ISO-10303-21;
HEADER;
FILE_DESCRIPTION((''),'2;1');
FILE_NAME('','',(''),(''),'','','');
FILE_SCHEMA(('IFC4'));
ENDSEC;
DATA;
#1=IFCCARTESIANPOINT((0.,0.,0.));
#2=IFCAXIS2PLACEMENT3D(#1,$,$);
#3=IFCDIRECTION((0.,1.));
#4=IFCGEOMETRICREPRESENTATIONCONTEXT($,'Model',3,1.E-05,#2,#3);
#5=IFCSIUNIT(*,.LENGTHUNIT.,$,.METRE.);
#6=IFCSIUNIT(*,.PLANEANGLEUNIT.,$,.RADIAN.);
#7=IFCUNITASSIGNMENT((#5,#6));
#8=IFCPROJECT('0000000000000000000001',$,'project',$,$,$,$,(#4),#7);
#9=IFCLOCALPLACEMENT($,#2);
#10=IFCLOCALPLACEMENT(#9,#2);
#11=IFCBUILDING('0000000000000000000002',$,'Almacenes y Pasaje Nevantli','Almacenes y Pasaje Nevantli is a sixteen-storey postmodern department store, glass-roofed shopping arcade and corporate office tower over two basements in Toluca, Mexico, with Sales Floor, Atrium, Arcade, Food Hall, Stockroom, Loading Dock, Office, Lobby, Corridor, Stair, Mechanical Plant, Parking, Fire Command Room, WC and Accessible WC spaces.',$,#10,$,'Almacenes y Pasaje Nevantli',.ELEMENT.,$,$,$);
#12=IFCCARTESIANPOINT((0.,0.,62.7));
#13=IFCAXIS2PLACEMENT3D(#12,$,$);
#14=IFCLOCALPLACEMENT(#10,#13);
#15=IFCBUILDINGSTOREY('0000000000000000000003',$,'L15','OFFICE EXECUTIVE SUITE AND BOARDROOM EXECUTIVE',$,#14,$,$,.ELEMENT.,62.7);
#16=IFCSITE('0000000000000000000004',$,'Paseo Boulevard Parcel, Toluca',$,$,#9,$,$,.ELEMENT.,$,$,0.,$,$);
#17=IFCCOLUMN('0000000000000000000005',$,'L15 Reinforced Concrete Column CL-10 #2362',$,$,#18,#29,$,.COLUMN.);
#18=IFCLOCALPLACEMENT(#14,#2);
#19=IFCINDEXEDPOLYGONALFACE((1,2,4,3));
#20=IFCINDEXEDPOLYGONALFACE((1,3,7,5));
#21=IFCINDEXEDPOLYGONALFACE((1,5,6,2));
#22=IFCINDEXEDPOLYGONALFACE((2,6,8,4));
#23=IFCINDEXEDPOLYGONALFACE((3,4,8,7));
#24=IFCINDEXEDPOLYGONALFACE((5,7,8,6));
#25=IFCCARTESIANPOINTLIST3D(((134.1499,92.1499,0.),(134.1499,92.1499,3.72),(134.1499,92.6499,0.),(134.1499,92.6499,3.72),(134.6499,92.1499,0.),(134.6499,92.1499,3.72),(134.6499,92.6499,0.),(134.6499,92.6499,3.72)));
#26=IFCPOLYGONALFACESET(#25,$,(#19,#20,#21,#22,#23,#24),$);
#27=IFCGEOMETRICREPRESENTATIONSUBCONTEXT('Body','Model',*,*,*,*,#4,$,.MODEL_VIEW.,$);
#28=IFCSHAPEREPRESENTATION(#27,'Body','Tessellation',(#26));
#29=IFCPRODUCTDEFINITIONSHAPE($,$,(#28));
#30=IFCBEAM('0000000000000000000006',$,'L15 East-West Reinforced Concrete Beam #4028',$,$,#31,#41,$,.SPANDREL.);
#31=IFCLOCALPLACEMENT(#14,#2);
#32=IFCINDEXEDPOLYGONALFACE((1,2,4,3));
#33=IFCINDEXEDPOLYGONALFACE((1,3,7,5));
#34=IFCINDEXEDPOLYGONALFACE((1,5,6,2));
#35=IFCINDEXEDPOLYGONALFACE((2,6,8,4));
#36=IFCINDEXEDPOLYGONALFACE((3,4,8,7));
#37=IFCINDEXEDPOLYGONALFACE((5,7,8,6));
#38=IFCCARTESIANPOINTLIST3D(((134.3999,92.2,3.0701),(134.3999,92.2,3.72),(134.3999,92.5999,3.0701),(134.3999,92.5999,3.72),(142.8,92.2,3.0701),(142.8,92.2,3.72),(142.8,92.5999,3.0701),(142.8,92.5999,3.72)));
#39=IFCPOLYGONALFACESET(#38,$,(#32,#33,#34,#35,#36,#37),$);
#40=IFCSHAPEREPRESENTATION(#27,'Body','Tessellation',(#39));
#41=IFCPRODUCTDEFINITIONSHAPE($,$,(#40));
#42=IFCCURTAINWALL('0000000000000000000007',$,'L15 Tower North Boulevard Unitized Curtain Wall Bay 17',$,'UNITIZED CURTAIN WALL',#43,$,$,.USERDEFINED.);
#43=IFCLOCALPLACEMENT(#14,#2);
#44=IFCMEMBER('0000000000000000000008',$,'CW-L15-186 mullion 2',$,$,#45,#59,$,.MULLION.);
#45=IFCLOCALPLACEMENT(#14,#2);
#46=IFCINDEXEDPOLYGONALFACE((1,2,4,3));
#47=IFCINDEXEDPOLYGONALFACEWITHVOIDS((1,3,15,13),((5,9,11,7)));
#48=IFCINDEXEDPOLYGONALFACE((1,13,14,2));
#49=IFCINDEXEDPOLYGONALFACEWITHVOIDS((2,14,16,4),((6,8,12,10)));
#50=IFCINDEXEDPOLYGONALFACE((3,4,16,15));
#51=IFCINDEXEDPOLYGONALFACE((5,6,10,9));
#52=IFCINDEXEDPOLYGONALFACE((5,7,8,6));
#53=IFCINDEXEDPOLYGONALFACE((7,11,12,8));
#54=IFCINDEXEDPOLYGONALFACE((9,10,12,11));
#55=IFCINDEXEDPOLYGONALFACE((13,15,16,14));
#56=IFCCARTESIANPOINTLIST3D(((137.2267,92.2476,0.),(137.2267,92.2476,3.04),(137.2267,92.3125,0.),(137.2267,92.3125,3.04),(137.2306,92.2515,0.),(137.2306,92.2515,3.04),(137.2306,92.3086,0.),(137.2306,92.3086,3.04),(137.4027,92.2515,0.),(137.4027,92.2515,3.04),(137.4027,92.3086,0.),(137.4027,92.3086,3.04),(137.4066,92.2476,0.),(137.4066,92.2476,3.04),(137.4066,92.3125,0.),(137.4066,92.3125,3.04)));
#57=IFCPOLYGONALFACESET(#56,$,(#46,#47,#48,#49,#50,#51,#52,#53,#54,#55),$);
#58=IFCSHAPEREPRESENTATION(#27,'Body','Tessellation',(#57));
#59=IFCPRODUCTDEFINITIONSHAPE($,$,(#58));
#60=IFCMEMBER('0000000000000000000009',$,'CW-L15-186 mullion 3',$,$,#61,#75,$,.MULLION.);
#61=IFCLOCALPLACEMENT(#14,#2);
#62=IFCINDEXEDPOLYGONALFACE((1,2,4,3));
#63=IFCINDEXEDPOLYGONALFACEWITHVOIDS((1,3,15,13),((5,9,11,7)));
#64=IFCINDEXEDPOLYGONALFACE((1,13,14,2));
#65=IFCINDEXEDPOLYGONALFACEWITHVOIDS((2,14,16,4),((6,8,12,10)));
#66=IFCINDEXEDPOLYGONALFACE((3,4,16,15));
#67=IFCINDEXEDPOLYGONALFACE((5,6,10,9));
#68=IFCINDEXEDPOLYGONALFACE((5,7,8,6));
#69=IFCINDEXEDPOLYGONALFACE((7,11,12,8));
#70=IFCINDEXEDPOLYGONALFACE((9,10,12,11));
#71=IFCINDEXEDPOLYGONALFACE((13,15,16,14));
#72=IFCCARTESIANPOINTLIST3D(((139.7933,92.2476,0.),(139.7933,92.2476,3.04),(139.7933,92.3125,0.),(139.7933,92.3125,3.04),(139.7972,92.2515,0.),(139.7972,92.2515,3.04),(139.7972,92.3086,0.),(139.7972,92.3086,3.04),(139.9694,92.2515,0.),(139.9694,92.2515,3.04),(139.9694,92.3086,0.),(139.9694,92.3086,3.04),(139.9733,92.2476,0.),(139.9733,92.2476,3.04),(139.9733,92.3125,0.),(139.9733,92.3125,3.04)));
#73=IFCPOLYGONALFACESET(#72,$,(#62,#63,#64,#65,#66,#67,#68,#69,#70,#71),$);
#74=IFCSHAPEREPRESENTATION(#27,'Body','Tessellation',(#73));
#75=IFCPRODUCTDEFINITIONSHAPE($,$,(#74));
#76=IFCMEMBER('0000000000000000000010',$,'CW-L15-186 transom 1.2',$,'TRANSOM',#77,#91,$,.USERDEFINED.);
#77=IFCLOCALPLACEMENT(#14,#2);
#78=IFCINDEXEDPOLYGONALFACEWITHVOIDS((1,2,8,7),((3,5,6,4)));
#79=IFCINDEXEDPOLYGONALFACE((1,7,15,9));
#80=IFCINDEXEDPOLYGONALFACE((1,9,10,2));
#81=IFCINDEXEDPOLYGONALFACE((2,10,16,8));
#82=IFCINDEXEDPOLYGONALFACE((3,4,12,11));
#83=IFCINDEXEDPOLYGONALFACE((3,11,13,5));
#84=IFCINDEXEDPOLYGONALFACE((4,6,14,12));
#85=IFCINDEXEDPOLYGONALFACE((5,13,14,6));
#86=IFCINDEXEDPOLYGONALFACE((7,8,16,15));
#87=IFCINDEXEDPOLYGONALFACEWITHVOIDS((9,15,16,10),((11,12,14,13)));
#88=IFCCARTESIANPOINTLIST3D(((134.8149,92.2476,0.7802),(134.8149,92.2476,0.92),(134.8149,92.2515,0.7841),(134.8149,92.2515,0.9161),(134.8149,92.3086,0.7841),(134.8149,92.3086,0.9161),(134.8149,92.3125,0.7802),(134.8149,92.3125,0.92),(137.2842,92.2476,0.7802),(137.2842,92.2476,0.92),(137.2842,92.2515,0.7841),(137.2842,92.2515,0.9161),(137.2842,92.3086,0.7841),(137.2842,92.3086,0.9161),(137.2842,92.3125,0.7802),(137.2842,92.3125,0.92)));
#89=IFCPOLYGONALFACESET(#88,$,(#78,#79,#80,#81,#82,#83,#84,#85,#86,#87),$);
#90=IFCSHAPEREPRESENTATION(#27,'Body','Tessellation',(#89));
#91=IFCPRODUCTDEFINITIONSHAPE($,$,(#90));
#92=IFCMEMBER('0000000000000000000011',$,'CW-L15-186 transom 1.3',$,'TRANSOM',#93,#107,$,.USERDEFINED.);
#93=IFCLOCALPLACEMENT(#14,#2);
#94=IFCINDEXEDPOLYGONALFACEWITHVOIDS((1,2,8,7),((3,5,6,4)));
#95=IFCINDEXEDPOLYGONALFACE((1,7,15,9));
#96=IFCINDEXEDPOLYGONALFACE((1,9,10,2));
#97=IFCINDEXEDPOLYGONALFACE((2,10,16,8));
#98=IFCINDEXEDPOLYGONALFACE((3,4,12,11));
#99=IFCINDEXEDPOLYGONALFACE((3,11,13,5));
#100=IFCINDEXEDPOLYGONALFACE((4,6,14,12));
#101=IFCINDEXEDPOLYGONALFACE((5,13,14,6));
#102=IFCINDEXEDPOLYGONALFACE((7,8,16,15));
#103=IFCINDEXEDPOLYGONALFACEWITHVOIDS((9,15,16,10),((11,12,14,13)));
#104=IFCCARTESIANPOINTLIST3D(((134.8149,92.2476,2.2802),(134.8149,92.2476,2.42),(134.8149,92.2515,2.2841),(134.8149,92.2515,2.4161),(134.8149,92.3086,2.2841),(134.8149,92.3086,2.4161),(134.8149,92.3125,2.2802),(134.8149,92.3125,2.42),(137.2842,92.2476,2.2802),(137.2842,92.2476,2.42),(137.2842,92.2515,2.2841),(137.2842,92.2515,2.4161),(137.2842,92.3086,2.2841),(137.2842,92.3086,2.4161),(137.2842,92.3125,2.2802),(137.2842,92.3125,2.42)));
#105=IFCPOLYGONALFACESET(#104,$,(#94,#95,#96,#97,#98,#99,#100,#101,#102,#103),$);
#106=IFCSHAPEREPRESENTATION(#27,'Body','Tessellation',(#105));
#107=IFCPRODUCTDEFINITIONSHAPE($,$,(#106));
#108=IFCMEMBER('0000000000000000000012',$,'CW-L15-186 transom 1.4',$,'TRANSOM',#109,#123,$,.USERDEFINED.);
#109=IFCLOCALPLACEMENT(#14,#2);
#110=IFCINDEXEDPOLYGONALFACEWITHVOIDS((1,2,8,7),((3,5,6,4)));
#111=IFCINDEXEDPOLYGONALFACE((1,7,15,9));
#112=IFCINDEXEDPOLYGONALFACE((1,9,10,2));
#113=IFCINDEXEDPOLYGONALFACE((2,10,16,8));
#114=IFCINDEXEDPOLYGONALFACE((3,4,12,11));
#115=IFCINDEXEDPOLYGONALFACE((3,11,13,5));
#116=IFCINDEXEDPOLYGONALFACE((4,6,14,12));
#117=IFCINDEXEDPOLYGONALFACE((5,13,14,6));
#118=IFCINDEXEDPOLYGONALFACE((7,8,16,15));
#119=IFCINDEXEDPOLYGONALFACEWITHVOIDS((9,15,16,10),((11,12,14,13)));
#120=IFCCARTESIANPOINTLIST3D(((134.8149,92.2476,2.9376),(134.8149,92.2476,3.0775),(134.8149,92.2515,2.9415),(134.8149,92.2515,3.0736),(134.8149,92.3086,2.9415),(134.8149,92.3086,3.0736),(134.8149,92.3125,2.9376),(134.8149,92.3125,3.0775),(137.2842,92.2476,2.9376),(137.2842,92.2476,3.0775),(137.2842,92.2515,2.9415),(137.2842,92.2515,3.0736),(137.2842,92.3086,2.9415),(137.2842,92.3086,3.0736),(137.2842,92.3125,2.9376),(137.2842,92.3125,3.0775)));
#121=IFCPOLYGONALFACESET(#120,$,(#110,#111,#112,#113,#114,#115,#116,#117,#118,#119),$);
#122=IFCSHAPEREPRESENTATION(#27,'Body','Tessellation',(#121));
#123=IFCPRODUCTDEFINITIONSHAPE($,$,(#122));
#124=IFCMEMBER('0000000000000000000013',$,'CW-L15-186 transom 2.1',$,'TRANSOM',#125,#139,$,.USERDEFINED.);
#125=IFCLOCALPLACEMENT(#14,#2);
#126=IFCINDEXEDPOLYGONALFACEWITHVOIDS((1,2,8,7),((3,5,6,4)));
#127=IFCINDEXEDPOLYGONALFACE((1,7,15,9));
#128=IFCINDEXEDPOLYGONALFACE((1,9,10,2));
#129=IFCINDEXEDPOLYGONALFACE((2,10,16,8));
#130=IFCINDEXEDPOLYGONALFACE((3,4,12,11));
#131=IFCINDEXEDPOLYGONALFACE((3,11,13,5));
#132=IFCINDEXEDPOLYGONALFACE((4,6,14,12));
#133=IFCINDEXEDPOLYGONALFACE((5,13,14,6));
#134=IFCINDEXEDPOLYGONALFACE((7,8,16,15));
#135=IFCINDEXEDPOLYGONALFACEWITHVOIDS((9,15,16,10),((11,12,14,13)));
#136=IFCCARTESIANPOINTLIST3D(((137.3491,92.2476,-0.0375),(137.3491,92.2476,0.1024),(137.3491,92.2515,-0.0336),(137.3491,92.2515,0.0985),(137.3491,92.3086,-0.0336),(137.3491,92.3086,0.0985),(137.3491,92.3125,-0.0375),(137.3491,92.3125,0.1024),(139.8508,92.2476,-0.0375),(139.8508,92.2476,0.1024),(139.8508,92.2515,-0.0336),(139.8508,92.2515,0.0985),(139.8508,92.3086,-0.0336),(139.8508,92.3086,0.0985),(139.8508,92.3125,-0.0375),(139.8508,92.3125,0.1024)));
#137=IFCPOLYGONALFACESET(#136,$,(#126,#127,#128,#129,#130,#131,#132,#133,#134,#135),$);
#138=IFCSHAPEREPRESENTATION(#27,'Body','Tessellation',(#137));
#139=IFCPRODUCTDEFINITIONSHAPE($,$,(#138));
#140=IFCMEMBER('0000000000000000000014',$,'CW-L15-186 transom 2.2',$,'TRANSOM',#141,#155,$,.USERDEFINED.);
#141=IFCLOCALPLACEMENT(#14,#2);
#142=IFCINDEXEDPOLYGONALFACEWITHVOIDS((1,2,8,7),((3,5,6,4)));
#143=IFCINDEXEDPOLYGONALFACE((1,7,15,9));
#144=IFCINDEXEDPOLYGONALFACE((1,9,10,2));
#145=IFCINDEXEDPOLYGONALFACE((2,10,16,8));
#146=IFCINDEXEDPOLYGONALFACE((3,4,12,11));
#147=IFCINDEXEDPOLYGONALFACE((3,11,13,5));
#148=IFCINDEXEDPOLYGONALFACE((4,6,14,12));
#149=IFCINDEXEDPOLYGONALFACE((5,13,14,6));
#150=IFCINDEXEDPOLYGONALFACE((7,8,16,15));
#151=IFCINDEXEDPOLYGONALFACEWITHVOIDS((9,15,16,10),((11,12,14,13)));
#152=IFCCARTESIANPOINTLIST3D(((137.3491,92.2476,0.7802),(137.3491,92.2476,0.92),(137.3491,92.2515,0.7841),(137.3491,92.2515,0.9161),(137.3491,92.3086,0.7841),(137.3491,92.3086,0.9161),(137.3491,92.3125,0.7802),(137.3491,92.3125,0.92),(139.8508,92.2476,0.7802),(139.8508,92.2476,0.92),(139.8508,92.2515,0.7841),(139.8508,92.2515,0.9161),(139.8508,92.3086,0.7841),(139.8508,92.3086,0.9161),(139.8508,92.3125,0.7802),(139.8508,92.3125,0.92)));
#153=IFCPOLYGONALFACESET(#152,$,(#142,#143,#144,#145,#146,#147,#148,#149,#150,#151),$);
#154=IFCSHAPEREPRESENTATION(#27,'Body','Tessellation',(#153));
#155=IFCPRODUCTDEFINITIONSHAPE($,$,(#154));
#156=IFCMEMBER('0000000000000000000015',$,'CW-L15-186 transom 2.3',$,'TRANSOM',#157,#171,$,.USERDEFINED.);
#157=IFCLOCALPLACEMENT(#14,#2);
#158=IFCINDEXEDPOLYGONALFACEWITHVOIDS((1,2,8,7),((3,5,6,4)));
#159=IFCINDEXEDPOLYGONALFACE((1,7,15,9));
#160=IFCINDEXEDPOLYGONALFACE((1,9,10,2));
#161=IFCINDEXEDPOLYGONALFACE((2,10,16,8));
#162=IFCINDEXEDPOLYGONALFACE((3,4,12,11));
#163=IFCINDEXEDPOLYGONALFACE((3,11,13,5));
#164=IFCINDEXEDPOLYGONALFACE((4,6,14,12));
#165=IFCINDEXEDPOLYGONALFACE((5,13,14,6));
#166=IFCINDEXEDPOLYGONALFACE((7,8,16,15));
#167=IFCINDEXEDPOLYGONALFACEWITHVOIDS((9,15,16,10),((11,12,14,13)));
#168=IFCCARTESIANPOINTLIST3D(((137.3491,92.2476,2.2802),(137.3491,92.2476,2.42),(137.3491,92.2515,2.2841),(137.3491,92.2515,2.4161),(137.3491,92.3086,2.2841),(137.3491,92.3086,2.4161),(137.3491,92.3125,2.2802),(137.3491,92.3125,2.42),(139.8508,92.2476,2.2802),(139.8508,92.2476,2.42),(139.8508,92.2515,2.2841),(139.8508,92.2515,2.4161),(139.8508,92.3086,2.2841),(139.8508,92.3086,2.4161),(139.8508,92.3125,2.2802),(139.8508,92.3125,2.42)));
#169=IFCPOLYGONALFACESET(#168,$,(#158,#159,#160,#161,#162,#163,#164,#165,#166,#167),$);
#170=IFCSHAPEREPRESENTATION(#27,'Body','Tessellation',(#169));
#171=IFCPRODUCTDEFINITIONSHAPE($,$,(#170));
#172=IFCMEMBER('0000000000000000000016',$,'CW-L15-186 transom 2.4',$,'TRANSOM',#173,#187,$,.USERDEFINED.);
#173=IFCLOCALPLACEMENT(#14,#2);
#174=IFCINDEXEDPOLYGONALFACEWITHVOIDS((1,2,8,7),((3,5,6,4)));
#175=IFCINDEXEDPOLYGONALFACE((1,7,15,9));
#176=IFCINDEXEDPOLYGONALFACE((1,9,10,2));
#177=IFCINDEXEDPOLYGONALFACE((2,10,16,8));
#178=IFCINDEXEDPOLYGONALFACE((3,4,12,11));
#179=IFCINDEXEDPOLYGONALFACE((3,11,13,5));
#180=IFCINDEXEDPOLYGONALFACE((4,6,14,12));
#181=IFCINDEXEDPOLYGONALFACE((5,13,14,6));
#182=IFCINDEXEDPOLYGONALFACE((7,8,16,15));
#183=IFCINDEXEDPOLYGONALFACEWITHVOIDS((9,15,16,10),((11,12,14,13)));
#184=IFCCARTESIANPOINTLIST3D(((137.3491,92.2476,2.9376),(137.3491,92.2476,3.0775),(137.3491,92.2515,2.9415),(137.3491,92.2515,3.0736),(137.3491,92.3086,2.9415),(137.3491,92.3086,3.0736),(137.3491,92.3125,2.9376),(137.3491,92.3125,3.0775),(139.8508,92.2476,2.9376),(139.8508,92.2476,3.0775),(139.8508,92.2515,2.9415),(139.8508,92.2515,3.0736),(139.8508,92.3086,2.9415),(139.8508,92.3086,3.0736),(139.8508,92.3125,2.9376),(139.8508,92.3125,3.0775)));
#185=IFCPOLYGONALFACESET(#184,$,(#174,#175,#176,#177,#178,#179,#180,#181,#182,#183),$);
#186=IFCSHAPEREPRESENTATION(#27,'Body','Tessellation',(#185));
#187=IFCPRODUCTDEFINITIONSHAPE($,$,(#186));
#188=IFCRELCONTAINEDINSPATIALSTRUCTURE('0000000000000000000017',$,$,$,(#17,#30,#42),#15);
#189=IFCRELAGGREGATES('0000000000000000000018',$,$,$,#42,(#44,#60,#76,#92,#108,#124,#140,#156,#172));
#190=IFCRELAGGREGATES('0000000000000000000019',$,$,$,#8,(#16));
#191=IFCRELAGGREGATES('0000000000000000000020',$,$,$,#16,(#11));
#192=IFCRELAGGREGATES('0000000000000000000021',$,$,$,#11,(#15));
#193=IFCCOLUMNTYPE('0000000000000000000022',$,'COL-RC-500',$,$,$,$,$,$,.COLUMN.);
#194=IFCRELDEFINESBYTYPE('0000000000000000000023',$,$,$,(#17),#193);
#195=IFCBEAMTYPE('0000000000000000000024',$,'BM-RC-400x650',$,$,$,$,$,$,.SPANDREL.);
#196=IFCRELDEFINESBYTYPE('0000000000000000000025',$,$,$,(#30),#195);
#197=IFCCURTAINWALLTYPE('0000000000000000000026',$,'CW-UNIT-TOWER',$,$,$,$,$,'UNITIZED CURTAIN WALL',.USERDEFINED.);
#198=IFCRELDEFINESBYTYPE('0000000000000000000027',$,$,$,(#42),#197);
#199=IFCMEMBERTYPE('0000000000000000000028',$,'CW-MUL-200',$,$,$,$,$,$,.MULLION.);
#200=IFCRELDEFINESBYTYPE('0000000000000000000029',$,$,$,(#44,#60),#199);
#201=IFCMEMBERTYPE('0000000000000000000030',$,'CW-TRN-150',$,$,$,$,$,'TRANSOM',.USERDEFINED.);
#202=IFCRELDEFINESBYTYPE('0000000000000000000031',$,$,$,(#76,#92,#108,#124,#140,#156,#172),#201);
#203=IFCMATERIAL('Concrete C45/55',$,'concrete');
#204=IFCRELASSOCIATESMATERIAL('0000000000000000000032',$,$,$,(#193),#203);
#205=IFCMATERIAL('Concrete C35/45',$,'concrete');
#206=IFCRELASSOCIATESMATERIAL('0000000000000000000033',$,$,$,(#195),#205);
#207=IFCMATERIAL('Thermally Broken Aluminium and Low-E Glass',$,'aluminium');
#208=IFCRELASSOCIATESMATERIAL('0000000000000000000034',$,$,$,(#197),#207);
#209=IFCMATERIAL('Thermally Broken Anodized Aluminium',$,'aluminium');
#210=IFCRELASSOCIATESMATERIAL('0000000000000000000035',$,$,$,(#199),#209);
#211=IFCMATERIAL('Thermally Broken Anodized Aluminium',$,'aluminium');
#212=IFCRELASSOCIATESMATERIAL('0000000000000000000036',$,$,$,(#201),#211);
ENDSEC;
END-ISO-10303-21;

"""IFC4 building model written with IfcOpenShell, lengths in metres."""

from ifc_helpers import new_model, si_unit, direction, frame, origin, origin_2d, place, context, subcontext, project, spatial, rectangle, hollow_rectangle, extrude, material, material_profile, profile_set, type_object, element, aggregate, save


model = new_model("IFC4")

# Units and contexts
model_context = context("Model", 3, precision=1e-05, world=origin(), true_north=direction((0.0, 1.0)))
body_context = subcontext(model_context, "Body", "Model", "MODEL_VIEW")
ifc_project = project(units=[si_unit("LENGTHUNIT", "METRE"), si_unit("PLANEANGLEUNIT", "RADIAN")], contexts=[model_context])

# Site, building, storey
site_placement = place(None, origin())
site = spatial("IfcSite", under=ifc_project, at=site_placement, Name="Paseo Boulevard Parcel, Toluca", CompositionType="ELEMENT", RefElevation=0.0)
building_placement = place(site_placement, origin())
building = spatial("IfcBuilding", under=site, at=building_placement, Name="Almacenes y Pasaje Nevantli", Description="Almacenes y Pasaje Nevantli is a sixteen-storey postmodern department store, glass-roofed shopping arcade and corporate office tower over two basements in Toluca, Mexico, with Sales Floor, Atrium, Arcade, Food Hall, Stockroom, Loading Dock, Office, Lobby, Corridor, Stair, Mechanical Plant, Parking, Fire Command Room, WC and Accessible WC spaces.", LongName="Almacenes y Pasaje Nevantli", CompositionType="ELEMENT")
storey_placement = place(building_placement, frame((0.0, 0.0, 62.7)))
storey = spatial("IfcBuildingStorey", under=building, at=storey_placement, Name="L15", Description="OFFICE EXECUTIVE SUITE AND BOARDROOM EXECUTIVE", CompositionType="ELEMENT", Elevation=62.7)

# Column
ifc_material_1 = material(Name="Concrete C45/55", Category="concrete")
ifc_material_profile_1 = material_profile(ifc_material_1, rectangle(XDim=0.5, YDim=0.5, at=origin_2d()), Name="RC-COL-500x500")
ifc_profile_set_1 = profile_set([ifc_material_profile_1], Name="Concrete C45/55")
column_type = type_object("IfcColumnType", Name="COL-RC-500", PredefinedType="COLUMN", material=ifc_profile_set_1)
column_placement = place(storey_placement, frame((134.3999, 92.3999, 0.0), z_axis=(0.0, 0.0, 1.0), x_axis=(1.0, 0.0, 0.0)))
element("IfcColumn", 1, at=column_placement, inside=storey, type_object=column_type, Name="L15 Reinforced Concrete Column CL-10 #2362", PredefinedType="COLUMN", context=body_context, shape_type="SweptSolid", body=[
    extrude(rectangle(XDim=0.5, YDim=0.5, at=origin_2d()), origin(), (0.0, 0.0, 1.0), 3.72),
])

# Beam
ifc_material_2 = material(Name="Concrete C35/45", Category="concrete")
ifc_material_profile_2 = material_profile(ifc_material_2, rectangle(XDim=0.3999, YDim=0.6499, at=origin_2d()), Name="RC-BM-400x650")
ifc_profile_set_2 = profile_set([ifc_material_profile_2], Name="Concrete C35/45")
beam_type = type_object("IfcBeamType", Name="BM-RC-400x650", PredefinedType="SPANDREL", material=ifc_profile_set_2)
beam_placement = place(storey_placement, frame((134.3999, 92.3999, 3.395), z_axis=(1.0, 0.0, 0.0), x_axis=(0.0, 1.0, 0.0)))
element("IfcBeam", 2, at=beam_placement, inside=storey, type_object=beam_type, Name="L15 East-West Reinforced Concrete Beam #4028", PredefinedType="SPANDREL", context=body_context, shape_type="SweptSolid", body=[
    extrude(rectangle(XDim=0.3999, YDim=0.6499, at=origin_2d()), origin(), (0.0, 0.0, 1.0), 8.4001),
])

# Curtain wall, members
ifc_material_3 = material(Name="Thermally Broken Aluminium and Low-E Glass", Category="aluminium")
curtain_wall_type = type_object("IfcCurtainWallType", Name="CW-UNIT-TOWER", ElementType="UNITIZED CURTAIN WALL", PredefinedType="USERDEFINED", material=ifc_material_3)
curtain_wall_placement = place(storey_placement, origin())
curtain_wall = element("IfcCurtainWall", 3, at=curtain_wall_placement, inside=storey, type_object=curtain_wall_type, Name="L15 Tower North Boulevard Unitized Curtain Wall Bay 17", ObjectType="UNITIZED CURTAIN WALL", PredefinedType="USERDEFINED")
ifc_material_4 = material(Name="Thermally Broken Anodized Aluminium", Category="aluminium")
ifc_material_profile_3 = material_profile(ifc_material_4, hollow_rectangle(XDim=0.0649, YDim=0.1799, WallThickness=0.0039, at=origin_2d()), Name="ALU-MUL-65x180")
ifc_profile_set_3 = profile_set([ifc_material_profile_3], Name="Thermally Broken Anodized Aluminium")
member_type_1 = type_object("IfcMemberType", Name="CW-MUL-200", PredefinedType="MULLION", material=ifc_profile_set_3)
member_1_placement = place(storey_placement, frame((137.3167, 92.28, 0.0), z_axis=(0.0, 0.0, 1.0), x_axis=(0.0, 1.0, 0.0)))
member_1 = element("IfcMember", 4, at=member_1_placement, type_object=member_type_1, Name="CW-L15-186 mullion 2", PredefinedType="MULLION", context=body_context, shape_type="SweptSolid", body=[
    extrude(hollow_rectangle(XDim=0.0649, YDim=0.1799, WallThickness=0.0039, at=origin_2d()), origin(), (0.0, 0.0, 1.0), 3.04),
])
member_2_placement = place(storey_placement, frame((139.8833, 92.28, 0.0), z_axis=(0.0, 0.0, 1.0), x_axis=(0.0, 1.0, 0.0)))
member_2 = element("IfcMember", 5, at=member_2_placement, type_object=member_type_1, Name="CW-L15-186 mullion 3", PredefinedType="MULLION", context=body_context, shape_type="SweptSolid", body=[
    extrude(hollow_rectangle(XDim=0.0649, YDim=0.1799, WallThickness=0.0039, at=origin_2d()), origin(), (0.0, 0.0, 1.0), 3.04),
])
ifc_material_5 = material(Name="Thermally Broken Anodized Aluminium", Category="aluminium")
ifc_material_profile_4 = material_profile(ifc_material_5, hollow_rectangle(XDim=0.0649, YDim=0.1399, WallThickness=0.0039, at=origin_2d()), Name="ALU-TRN-65x140")
ifc_profile_set_4 = profile_set([ifc_material_profile_4], Name="Thermally Broken Anodized Aluminium")
member_type_2 = type_object("IfcMemberType", Name="CW-TRN-150", ElementType="TRANSOM", PredefinedType="USERDEFINED", material=ifc_profile_set_4)
member_3_placement = place(storey_placement, frame((134.8149, 92.28, 0.8501), z_axis=(1.0, 0.0, 0.0), x_axis=(0.0, 1.0, 0.0)))
member_3 = element("IfcMember", 6, at=member_3_placement, type_object=member_type_2, Name="CW-L15-186 transom 1.2", ObjectType="TRANSOM", PredefinedType="USERDEFINED", context=body_context, shape_type="SweptSolid", body=[
    extrude(hollow_rectangle(XDim=0.0649, YDim=0.1399, WallThickness=0.0039, at=origin_2d()), origin(), (0.0, 0.0, 1.0), 2.4692),
])
member_4_placement = place(storey_placement, frame((134.8149, 92.28, 2.3501), z_axis=(1.0, 0.0, 0.0), x_axis=(0.0, 1.0, 0.0)))
member_4 = element("IfcMember", 7, at=member_4_placement, type_object=member_type_2, Name="CW-L15-186 transom 1.3", ObjectType="TRANSOM", PredefinedType="USERDEFINED", context=body_context, shape_type="SweptSolid", body=[
    extrude(hollow_rectangle(XDim=0.0649, YDim=0.1399, WallThickness=0.0039, at=origin_2d()), origin(), (0.0, 0.0, 1.0), 2.4692),
])
member_5_placement = place(storey_placement, frame((134.8149, 92.28, 3.0076), z_axis=(1.0, 0.0, 0.0), x_axis=(0.0, 1.0, 0.0)))
member_5 = element("IfcMember", 8, at=member_5_placement, type_object=member_type_2, Name="CW-L15-186 transom 1.4", ObjectType="TRANSOM", PredefinedType="USERDEFINED", context=body_context, shape_type="SweptSolid", body=[
    extrude(hollow_rectangle(XDim=0.0649, YDim=0.1399, WallThickness=0.0039, at=origin_2d()), origin(), (0.0, 0.0, 1.0), 2.4692),
])
member_6_placement = place(storey_placement, frame((137.3491, 92.28, 0.0325), z_axis=(1.0, 0.0, 0.0), x_axis=(0.0, 1.0, 0.0)))
member_6 = element("IfcMember", 9, at=member_6_placement, type_object=member_type_2, Name="CW-L15-186 transom 2.1", ObjectType="TRANSOM", PredefinedType="USERDEFINED", context=body_context, shape_type="SweptSolid", body=[
    extrude(hollow_rectangle(XDim=0.0649, YDim=0.1399, WallThickness=0.0039, at=origin_2d()), origin(), (0.0, 0.0, 1.0), 2.5017),
])
member_7_placement = place(storey_placement, frame((137.3491, 92.28, 0.8501), z_axis=(1.0, 0.0, 0.0), x_axis=(0.0, 1.0, 0.0)))
member_7 = element("IfcMember", 10, at=member_7_placement, type_object=member_type_2, Name="CW-L15-186 transom 2.2", ObjectType="TRANSOM", PredefinedType="USERDEFINED", context=body_context, shape_type="SweptSolid", body=[
    extrude(hollow_rectangle(XDim=0.0649, YDim=0.1399, WallThickness=0.0039, at=origin_2d()), origin(), (0.0, 0.0, 1.0), 2.5017),
])
member_8_placement = place(storey_placement, frame((137.3491, 92.28, 2.3501), z_axis=(1.0, 0.0, 0.0), x_axis=(0.0, 1.0, 0.0)))
member_8 = element("IfcMember", 11, at=member_8_placement, type_object=member_type_2, Name="CW-L15-186 transom 2.3", ObjectType="TRANSOM", PredefinedType="USERDEFINED", context=body_context, shape_type="SweptSolid", body=[
    extrude(hollow_rectangle(XDim=0.0649, YDim=0.1399, WallThickness=0.0039, at=origin_2d()), origin(), (0.0, 0.0, 1.0), 2.5017),
])
member_9_placement = place(storey_placement, frame((137.3491, 92.28, 3.0076), z_axis=(1.0, 0.0, 0.0), x_axis=(0.0, 1.0, 0.0)))
member_9 = element("IfcMember", 12, at=member_9_placement, type_object=member_type_2, Name="CW-L15-186 transom 2.4", ObjectType="TRANSOM", PredefinedType="USERDEFINED", context=body_context, shape_type="SweptSolid", body=[
    extrude(hollow_rectangle(XDim=0.0649, YDim=0.1399, WallThickness=0.0039, at=origin_2d()), origin(), (0.0, 0.0, 1.0), 2.5017),
])
aggregate(curtain_wall, [member_1, member_2, member_3, member_4, member_5, member_6, member_7, member_8, member_9])

save(model, "model.ifc")
